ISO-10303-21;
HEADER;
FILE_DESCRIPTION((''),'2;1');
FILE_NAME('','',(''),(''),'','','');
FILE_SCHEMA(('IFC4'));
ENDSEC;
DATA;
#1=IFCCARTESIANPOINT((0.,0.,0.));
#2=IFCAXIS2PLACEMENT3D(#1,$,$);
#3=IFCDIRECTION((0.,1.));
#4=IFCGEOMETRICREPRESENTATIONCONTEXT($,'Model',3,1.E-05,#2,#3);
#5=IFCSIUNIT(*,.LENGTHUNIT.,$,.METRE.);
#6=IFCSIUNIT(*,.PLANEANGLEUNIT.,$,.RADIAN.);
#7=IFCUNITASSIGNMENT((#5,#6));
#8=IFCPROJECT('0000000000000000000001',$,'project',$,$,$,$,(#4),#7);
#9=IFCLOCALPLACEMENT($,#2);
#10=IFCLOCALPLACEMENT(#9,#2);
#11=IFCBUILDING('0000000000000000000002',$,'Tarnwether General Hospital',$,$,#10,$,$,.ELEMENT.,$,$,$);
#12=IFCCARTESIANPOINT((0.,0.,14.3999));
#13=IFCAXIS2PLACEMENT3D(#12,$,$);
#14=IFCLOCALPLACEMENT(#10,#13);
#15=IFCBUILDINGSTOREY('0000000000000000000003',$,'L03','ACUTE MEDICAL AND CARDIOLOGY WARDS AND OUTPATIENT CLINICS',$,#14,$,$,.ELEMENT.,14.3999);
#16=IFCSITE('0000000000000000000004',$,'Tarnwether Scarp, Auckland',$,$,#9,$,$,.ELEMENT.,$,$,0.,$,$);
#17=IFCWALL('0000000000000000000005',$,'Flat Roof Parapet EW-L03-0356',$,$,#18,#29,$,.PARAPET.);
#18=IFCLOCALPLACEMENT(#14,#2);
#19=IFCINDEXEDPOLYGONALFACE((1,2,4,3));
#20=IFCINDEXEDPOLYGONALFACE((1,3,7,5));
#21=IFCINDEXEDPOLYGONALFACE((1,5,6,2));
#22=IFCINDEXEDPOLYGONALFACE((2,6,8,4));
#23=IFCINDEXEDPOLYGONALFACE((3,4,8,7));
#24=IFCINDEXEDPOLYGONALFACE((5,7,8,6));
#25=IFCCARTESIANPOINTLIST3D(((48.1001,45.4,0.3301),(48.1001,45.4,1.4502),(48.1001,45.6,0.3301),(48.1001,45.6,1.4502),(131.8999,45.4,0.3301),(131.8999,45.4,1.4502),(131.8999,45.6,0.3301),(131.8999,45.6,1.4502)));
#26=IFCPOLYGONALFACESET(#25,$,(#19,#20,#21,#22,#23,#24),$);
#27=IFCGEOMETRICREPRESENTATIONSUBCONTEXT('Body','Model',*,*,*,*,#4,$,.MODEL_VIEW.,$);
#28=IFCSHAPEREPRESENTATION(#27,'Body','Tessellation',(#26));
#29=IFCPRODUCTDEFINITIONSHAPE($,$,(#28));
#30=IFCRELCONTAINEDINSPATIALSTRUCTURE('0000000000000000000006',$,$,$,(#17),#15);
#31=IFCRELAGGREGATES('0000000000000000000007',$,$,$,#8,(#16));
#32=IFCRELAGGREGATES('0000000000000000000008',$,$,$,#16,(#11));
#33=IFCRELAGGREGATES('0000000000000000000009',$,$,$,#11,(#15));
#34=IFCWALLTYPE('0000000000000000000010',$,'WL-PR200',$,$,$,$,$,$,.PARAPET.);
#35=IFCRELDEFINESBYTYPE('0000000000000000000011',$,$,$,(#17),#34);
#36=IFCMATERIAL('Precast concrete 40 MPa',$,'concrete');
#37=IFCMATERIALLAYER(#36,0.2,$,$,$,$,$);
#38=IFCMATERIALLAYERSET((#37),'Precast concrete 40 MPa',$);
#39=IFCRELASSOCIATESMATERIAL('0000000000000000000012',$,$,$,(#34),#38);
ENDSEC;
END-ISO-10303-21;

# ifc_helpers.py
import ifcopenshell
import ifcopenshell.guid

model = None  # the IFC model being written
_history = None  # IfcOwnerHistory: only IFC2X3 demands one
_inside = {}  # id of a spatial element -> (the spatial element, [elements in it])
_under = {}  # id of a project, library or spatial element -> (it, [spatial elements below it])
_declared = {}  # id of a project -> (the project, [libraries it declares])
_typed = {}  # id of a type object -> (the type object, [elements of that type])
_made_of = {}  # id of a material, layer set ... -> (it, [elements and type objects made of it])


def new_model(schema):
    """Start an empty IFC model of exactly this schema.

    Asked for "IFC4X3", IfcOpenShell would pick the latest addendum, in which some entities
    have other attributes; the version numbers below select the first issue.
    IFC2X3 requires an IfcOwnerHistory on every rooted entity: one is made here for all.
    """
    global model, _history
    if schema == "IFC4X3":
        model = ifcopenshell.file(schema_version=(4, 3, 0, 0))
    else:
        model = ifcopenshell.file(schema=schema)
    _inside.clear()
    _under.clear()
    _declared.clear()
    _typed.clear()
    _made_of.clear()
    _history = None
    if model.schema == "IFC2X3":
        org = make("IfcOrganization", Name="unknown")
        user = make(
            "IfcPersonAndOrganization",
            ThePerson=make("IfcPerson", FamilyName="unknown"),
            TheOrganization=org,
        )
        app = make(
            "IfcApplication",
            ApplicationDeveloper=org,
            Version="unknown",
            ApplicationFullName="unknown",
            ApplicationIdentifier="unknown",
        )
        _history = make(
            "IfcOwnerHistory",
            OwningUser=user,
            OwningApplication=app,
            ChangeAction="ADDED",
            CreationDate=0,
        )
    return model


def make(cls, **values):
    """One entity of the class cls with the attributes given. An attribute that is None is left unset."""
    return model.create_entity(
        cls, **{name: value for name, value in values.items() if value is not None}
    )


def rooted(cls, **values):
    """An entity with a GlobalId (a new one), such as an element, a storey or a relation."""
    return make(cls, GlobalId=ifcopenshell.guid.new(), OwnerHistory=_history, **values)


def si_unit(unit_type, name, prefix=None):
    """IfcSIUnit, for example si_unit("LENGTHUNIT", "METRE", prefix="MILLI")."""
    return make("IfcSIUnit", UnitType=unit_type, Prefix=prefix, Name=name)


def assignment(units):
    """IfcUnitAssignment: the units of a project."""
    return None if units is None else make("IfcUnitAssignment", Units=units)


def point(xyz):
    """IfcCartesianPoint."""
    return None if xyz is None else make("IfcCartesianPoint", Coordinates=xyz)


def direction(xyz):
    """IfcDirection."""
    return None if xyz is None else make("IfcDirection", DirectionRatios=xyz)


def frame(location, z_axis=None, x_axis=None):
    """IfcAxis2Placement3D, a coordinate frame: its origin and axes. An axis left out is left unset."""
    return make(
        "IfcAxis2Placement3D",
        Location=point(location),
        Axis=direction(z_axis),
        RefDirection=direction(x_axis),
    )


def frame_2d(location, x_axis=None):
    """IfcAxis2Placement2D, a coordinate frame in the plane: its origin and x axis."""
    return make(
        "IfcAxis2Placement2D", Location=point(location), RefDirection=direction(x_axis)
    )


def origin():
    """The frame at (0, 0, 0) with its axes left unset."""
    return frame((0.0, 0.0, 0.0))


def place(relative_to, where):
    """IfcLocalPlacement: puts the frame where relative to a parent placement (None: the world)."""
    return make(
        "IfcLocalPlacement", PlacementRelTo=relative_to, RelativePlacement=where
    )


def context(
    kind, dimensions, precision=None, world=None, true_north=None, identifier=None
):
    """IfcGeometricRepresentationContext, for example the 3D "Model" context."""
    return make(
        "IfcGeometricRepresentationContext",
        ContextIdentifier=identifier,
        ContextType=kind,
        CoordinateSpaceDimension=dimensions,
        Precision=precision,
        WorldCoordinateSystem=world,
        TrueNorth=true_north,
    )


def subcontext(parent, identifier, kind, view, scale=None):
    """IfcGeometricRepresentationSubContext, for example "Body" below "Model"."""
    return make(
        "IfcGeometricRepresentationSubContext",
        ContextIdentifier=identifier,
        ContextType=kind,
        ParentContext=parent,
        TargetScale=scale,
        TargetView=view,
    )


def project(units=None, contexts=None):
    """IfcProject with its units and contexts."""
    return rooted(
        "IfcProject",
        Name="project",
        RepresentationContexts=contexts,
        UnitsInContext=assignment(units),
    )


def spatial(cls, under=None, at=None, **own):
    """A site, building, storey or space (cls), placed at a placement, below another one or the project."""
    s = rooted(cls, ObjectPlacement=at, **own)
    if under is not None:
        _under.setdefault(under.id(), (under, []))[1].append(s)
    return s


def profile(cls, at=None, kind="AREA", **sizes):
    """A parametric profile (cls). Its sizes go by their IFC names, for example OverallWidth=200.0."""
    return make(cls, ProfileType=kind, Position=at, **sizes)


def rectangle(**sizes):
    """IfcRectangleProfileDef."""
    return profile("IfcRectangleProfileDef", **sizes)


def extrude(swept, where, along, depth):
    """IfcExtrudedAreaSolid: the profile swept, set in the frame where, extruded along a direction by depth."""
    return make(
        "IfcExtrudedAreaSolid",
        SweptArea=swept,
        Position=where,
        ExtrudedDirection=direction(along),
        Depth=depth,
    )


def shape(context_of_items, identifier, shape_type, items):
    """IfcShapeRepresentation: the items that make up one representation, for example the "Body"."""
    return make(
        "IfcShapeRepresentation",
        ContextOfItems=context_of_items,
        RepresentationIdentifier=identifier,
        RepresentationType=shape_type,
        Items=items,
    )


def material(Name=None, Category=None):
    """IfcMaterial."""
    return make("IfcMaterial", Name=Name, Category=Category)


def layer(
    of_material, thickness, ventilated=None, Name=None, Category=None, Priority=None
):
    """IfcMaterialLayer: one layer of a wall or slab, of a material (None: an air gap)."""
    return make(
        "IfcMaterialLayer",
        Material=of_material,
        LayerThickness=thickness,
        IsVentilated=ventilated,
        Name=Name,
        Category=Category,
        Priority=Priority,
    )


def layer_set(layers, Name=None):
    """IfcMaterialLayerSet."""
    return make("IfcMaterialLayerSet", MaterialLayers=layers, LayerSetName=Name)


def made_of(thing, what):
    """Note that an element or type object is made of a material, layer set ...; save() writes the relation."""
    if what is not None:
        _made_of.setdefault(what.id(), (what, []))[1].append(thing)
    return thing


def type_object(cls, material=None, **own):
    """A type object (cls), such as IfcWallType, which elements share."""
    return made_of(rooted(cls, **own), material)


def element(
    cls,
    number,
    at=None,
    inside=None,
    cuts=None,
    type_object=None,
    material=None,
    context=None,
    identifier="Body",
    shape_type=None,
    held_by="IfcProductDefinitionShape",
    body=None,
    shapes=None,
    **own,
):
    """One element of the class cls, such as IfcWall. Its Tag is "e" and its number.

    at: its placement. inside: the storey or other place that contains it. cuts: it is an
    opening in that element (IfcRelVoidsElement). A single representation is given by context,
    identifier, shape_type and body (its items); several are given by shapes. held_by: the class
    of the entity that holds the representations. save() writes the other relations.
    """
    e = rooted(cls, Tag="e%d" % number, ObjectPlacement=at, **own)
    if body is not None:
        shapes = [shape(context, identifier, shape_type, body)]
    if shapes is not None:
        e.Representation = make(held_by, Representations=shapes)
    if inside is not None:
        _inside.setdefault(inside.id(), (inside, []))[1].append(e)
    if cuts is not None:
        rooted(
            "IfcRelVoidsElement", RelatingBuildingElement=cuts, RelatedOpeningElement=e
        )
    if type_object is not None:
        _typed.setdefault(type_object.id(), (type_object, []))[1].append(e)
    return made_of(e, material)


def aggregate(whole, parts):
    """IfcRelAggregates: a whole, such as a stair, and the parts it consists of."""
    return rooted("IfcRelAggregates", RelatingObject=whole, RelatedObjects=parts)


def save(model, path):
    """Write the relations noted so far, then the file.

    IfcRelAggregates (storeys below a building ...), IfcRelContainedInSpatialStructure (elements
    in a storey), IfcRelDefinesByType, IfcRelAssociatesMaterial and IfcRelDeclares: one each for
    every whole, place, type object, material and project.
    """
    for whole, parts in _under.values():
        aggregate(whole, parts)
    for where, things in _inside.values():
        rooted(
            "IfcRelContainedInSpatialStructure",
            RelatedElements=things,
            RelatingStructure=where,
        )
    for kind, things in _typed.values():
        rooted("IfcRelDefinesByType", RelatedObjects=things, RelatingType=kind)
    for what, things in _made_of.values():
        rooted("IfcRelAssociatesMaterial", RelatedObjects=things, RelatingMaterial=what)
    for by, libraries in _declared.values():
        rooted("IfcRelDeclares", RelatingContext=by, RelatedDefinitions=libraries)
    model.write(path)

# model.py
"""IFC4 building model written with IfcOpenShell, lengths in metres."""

from ifc_helpers import new_model, si_unit, direction, frame, frame_2d, origin, place, context, subcontext, project, spatial, rectangle, extrude, material, layer, layer_set, type_object, element, save


model = new_model("IFC4")

# Units and contexts
model_context = context("Model", 3, precision=1e-05, world=origin(), true_north=direction((0.0, 1.0)))
body_context = subcontext(model_context, "Body", "Model", "MODEL_VIEW")
ifc_project = project(units=[si_unit("LENGTHUNIT", "METRE"), si_unit("PLANEANGLEUNIT", "RADIAN")], contexts=[model_context])

# Site, building, storey
site_placement = place(None, origin())
site = spatial("IfcSite", under=ifc_project, at=site_placement, Name="Tarnwether Scarp, Auckland", CompositionType="ELEMENT", RefElevation=0.0)
building_placement = place(site_placement, origin())
building = spatial("IfcBuilding", under=site, at=building_placement, Name="Tarnwether General Hospital", CompositionType="ELEMENT")
storey_placement = place(building_placement, frame((0.0, 0.0, 14.3999)))
storey = spatial("IfcBuildingStorey", under=building, at=storey_placement, Name="L03", Description="ACUTE MEDICAL AND CARDIOLOGY WARDS AND OUTPATIENT CLINICS", CompositionType="ELEMENT", Elevation=14.3999)

# Wall
ifc_material_1 = material(Name="Precast concrete 40 MPa", Category="concrete")
ifc_layer_1 = layer(ifc_material_1, 0.2)
ifc_layer_set_1 = layer_set([ifc_layer_1], Name="Precast concrete 40 MPa")
wall_type_1 = type_object("IfcWallType", Name="WL-PR200", PredefinedType="PARAPET", material=ifc_layer_set_1)
wall_1_placement = place(storey_placement, frame((48.1001, 45.5, 0.3301), z_axis=(0.0, 0.0, 1.0), x_axis=(1.0, 0.0, 0.0)))
element("IfcWall", 1, at=wall_1_placement, inside=storey, type_object=wall_type_1, Name="Flat Roof Parapet EW-L03-0356", PredefinedType="PARAPET", context=body_context, shape_type="SweptSolid", body=[
    extrude(rectangle(XDim=83.7998, YDim=0.2, at=frame_2d((41.8999, 0.0))), origin(), (0.0, 0.0, 1.0), 1.1201),
])

save(model, "model.ifc")
